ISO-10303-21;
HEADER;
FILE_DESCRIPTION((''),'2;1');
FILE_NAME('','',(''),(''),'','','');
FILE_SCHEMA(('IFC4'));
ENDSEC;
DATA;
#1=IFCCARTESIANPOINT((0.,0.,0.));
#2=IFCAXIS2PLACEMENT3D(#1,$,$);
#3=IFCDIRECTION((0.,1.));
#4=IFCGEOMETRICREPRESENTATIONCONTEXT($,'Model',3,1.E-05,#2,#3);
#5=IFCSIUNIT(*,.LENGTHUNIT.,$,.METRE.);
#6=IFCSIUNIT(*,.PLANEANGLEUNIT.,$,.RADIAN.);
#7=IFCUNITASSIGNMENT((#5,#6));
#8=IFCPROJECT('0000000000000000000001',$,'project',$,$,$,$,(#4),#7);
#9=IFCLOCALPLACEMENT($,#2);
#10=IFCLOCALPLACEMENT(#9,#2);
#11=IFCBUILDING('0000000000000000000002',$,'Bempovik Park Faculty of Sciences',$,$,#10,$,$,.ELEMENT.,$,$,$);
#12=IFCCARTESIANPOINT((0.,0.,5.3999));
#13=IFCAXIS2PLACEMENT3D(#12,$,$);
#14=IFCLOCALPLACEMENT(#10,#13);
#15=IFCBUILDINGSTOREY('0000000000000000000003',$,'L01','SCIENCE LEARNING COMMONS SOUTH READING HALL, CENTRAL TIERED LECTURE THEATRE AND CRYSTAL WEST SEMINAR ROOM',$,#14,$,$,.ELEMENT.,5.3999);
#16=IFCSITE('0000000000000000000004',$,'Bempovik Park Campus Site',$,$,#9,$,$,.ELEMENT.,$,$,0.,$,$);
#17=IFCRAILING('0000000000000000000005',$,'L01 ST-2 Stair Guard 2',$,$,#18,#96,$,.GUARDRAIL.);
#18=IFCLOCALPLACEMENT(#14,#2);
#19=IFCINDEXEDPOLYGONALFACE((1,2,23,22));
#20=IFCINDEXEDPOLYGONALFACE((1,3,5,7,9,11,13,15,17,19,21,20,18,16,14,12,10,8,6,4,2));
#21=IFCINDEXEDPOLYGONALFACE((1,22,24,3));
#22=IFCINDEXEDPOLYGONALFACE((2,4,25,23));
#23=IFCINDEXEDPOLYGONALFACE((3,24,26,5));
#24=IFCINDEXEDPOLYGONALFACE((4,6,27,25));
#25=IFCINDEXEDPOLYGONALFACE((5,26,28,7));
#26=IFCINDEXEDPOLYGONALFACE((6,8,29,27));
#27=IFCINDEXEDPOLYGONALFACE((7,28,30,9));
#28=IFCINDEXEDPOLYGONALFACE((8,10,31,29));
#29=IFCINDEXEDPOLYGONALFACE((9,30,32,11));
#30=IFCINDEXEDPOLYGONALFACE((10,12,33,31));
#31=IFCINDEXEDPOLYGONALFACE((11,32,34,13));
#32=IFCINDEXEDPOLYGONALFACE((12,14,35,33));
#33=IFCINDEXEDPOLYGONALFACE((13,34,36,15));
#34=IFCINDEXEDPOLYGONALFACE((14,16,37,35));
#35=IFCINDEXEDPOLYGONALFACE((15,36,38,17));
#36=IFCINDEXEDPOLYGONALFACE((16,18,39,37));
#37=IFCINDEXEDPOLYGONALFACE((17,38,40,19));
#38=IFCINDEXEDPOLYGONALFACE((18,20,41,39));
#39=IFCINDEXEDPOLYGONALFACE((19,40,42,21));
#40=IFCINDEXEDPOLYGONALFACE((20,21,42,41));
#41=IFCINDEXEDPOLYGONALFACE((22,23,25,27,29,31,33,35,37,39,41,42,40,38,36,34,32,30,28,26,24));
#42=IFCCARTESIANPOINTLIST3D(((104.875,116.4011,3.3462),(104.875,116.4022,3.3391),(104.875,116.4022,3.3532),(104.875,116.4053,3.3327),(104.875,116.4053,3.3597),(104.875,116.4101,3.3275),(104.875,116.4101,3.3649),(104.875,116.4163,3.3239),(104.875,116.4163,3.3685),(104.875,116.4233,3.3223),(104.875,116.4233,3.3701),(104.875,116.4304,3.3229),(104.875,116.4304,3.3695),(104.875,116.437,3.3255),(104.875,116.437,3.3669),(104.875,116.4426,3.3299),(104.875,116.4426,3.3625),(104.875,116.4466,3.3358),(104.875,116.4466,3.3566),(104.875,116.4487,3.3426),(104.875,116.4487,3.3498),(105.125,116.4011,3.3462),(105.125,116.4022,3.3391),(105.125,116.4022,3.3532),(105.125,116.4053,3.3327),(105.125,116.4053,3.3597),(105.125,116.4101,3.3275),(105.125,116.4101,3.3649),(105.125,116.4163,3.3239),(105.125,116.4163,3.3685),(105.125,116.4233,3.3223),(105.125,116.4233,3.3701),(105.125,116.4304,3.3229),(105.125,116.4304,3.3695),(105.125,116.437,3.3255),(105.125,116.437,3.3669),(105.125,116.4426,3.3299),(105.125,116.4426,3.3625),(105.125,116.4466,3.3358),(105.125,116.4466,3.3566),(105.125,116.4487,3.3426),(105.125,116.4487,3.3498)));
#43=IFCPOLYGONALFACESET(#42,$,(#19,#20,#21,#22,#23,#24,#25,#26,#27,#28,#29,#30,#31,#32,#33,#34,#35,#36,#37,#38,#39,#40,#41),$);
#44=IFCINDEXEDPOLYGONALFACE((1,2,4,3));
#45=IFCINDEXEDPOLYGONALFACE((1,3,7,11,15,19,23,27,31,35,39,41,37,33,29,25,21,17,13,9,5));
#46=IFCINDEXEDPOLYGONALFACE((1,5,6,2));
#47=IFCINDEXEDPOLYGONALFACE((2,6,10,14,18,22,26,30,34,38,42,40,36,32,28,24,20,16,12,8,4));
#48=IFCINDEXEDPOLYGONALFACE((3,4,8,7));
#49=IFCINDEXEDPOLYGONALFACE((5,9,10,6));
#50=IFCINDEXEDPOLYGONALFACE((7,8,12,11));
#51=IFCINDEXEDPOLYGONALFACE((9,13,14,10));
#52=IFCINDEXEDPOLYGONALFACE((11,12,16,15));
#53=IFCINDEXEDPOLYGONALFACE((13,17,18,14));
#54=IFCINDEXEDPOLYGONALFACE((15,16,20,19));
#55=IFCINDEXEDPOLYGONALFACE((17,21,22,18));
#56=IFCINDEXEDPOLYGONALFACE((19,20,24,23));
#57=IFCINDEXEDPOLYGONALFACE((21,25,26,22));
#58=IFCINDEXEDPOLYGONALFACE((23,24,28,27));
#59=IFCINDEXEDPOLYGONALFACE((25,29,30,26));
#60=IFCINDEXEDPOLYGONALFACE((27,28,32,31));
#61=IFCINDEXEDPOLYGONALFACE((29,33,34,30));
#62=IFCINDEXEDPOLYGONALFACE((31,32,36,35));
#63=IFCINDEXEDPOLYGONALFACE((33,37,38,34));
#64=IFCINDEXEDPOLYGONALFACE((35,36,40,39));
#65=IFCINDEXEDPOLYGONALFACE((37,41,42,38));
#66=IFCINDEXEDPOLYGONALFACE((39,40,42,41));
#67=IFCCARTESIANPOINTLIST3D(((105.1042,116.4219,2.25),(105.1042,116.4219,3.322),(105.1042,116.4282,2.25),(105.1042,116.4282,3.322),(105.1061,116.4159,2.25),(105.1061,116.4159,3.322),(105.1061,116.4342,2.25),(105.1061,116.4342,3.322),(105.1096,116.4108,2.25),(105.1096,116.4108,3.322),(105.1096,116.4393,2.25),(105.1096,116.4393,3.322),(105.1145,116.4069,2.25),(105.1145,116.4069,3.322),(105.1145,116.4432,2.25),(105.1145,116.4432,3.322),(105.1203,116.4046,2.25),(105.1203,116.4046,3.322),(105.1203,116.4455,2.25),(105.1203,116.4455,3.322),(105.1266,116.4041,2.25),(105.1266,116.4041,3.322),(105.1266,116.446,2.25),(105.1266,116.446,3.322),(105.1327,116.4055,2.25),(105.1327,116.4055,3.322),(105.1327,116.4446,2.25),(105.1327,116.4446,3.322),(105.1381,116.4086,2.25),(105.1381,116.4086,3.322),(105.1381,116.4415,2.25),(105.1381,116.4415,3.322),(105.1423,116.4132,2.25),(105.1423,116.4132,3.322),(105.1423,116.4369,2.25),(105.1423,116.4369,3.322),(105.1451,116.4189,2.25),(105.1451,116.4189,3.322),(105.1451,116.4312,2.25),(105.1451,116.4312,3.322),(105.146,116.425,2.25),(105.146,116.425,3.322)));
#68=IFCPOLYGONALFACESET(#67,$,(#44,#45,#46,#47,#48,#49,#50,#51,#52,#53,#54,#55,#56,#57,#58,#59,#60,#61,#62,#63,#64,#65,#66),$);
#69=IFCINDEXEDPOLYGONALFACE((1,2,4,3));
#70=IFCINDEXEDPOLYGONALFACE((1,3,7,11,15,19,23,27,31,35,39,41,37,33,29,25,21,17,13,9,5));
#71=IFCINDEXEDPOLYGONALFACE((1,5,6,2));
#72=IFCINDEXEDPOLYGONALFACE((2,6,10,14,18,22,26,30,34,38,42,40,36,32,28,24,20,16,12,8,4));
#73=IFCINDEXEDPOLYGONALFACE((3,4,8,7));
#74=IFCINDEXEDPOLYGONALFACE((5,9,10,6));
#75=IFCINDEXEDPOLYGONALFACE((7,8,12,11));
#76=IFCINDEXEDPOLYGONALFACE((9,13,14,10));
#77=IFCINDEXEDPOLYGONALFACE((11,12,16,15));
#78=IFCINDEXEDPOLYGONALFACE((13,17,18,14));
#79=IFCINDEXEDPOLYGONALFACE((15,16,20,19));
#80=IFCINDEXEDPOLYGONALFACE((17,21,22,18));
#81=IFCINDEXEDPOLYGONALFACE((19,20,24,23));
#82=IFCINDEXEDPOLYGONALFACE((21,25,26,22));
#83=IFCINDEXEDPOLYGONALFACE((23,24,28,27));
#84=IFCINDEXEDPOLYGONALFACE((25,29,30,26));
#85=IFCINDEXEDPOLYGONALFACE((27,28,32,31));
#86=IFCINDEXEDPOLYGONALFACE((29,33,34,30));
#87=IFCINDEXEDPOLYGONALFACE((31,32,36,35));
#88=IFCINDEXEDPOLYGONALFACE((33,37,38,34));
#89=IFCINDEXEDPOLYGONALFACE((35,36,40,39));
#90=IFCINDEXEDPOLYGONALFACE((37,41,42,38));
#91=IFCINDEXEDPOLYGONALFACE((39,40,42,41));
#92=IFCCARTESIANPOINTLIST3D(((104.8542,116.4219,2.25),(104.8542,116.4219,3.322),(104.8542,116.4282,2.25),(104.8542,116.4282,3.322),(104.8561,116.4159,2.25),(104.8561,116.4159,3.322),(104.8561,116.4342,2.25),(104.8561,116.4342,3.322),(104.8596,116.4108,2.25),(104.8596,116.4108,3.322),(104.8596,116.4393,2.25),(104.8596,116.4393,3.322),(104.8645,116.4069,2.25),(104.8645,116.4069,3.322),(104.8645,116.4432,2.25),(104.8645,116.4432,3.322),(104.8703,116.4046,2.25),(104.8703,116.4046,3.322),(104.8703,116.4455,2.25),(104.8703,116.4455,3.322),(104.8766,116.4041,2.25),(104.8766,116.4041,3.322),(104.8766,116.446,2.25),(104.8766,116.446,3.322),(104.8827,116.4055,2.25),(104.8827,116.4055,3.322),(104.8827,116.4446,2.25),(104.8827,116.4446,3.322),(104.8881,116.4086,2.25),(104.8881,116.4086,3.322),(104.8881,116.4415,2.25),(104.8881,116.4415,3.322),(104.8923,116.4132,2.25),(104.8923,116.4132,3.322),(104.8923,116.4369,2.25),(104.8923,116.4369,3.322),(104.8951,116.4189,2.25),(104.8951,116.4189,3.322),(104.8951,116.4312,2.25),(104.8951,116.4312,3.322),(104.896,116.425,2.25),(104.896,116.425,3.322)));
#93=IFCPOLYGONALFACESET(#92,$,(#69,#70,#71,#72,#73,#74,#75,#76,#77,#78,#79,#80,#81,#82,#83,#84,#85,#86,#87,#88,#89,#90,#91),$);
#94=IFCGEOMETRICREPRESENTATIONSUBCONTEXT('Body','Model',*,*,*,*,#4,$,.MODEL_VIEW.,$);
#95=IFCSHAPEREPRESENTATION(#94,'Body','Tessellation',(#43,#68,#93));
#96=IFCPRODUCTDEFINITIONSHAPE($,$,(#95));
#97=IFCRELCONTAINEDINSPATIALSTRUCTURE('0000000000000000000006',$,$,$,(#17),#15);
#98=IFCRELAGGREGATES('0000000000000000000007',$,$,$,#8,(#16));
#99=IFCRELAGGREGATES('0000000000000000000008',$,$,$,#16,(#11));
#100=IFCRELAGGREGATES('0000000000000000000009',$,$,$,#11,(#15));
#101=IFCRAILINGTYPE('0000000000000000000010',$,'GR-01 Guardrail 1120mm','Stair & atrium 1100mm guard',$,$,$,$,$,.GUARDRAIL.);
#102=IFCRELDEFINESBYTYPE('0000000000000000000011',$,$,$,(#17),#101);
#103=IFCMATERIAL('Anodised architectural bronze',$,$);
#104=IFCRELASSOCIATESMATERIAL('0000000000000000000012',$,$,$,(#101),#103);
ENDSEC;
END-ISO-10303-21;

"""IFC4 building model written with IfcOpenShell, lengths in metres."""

from ifc_helpers import new_model, si_unit, direction, frame, origin, origin_2d, place, context, subcontext, project, spatial, circle, extrude, material, type_object, element, save


model = new_model("IFC4")

# Units and contexts
model_context = context("Model", 3, precision=1e-05, world=origin(), true_north=direction((0.0, 1.0)))
body_context = subcontext(model_context, "Body", "Model", "MODEL_VIEW")
ifc_project = project(units=[si_unit("LENGTHUNIT", "METRE"), si_unit("PLANEANGLEUNIT", "RADIAN")], contexts=[model_context])

# Site, building, storey
site_placement = place(None, origin())
site = spatial("IfcSite", under=ifc_project, at=site_placement, Name="Bempovik Park Campus Site", CompositionType="ELEMENT", RefElevation=0.0)
building_placement = place(site_placement, origin())
building = spatial("IfcBuilding", under=site, at=building_placement, Name="Bempovik Park Faculty of Sciences", CompositionType="ELEMENT")
storey_placement = place(building_placement, frame((0.0, 0.0, 5.3999)))
storey = spatial("IfcBuildingStorey", under=building, at=storey_placement, Name="L01", Description="SCIENCE LEARNING COMMONS SOUTH READING HALL, CENTRAL TIERED LECTURE THEATRE AND CRYSTAL WEST SEMINAR ROOM", CompositionType="ELEMENT", Elevation=5.3999)

# Railing
ifc_material_1 = material(Name="Anodised architectural bronze")
railing_type_1 = type_object("IfcRailingType", Name="GR-01 Guardrail 1120mm", Description="Stair & atrium 1100mm guard", PredefinedType="GUARDRAIL", material=ifc_material_1)
railing_1_placement = place(storey_placement, frame((105.125, 116.425, 2.25)))
element("IfcRailing", 1, at=railing_1_placement, inside=storey, type_object=railing_type_1, Name="L01 ST-2 Stair Guard 2", PredefinedType="GUARDRAIL", context=body_context, shape_type="SweptSolid", body=[
    extrude(circle(Radius=0.0239, at=origin_2d()), frame((0.0, 0.0, 1.0962), z_axis=(-1.0, 0.0, 0.0), x_axis=(0.0, -1.0, 0.0)), (0.0, 0.0, 1.0), 0.25),
    extrude(circle(Radius=0.021, at=origin_2d()), origin(), (0.0, 0.0, 1.0), 1.072),
    extrude(circle(Radius=0.021, at=origin_2d()), frame((-0.25, 0.0, 0.0)), (0.0, 0.0, 1.0), 1.072),
])

save(model, "model.ifc")
